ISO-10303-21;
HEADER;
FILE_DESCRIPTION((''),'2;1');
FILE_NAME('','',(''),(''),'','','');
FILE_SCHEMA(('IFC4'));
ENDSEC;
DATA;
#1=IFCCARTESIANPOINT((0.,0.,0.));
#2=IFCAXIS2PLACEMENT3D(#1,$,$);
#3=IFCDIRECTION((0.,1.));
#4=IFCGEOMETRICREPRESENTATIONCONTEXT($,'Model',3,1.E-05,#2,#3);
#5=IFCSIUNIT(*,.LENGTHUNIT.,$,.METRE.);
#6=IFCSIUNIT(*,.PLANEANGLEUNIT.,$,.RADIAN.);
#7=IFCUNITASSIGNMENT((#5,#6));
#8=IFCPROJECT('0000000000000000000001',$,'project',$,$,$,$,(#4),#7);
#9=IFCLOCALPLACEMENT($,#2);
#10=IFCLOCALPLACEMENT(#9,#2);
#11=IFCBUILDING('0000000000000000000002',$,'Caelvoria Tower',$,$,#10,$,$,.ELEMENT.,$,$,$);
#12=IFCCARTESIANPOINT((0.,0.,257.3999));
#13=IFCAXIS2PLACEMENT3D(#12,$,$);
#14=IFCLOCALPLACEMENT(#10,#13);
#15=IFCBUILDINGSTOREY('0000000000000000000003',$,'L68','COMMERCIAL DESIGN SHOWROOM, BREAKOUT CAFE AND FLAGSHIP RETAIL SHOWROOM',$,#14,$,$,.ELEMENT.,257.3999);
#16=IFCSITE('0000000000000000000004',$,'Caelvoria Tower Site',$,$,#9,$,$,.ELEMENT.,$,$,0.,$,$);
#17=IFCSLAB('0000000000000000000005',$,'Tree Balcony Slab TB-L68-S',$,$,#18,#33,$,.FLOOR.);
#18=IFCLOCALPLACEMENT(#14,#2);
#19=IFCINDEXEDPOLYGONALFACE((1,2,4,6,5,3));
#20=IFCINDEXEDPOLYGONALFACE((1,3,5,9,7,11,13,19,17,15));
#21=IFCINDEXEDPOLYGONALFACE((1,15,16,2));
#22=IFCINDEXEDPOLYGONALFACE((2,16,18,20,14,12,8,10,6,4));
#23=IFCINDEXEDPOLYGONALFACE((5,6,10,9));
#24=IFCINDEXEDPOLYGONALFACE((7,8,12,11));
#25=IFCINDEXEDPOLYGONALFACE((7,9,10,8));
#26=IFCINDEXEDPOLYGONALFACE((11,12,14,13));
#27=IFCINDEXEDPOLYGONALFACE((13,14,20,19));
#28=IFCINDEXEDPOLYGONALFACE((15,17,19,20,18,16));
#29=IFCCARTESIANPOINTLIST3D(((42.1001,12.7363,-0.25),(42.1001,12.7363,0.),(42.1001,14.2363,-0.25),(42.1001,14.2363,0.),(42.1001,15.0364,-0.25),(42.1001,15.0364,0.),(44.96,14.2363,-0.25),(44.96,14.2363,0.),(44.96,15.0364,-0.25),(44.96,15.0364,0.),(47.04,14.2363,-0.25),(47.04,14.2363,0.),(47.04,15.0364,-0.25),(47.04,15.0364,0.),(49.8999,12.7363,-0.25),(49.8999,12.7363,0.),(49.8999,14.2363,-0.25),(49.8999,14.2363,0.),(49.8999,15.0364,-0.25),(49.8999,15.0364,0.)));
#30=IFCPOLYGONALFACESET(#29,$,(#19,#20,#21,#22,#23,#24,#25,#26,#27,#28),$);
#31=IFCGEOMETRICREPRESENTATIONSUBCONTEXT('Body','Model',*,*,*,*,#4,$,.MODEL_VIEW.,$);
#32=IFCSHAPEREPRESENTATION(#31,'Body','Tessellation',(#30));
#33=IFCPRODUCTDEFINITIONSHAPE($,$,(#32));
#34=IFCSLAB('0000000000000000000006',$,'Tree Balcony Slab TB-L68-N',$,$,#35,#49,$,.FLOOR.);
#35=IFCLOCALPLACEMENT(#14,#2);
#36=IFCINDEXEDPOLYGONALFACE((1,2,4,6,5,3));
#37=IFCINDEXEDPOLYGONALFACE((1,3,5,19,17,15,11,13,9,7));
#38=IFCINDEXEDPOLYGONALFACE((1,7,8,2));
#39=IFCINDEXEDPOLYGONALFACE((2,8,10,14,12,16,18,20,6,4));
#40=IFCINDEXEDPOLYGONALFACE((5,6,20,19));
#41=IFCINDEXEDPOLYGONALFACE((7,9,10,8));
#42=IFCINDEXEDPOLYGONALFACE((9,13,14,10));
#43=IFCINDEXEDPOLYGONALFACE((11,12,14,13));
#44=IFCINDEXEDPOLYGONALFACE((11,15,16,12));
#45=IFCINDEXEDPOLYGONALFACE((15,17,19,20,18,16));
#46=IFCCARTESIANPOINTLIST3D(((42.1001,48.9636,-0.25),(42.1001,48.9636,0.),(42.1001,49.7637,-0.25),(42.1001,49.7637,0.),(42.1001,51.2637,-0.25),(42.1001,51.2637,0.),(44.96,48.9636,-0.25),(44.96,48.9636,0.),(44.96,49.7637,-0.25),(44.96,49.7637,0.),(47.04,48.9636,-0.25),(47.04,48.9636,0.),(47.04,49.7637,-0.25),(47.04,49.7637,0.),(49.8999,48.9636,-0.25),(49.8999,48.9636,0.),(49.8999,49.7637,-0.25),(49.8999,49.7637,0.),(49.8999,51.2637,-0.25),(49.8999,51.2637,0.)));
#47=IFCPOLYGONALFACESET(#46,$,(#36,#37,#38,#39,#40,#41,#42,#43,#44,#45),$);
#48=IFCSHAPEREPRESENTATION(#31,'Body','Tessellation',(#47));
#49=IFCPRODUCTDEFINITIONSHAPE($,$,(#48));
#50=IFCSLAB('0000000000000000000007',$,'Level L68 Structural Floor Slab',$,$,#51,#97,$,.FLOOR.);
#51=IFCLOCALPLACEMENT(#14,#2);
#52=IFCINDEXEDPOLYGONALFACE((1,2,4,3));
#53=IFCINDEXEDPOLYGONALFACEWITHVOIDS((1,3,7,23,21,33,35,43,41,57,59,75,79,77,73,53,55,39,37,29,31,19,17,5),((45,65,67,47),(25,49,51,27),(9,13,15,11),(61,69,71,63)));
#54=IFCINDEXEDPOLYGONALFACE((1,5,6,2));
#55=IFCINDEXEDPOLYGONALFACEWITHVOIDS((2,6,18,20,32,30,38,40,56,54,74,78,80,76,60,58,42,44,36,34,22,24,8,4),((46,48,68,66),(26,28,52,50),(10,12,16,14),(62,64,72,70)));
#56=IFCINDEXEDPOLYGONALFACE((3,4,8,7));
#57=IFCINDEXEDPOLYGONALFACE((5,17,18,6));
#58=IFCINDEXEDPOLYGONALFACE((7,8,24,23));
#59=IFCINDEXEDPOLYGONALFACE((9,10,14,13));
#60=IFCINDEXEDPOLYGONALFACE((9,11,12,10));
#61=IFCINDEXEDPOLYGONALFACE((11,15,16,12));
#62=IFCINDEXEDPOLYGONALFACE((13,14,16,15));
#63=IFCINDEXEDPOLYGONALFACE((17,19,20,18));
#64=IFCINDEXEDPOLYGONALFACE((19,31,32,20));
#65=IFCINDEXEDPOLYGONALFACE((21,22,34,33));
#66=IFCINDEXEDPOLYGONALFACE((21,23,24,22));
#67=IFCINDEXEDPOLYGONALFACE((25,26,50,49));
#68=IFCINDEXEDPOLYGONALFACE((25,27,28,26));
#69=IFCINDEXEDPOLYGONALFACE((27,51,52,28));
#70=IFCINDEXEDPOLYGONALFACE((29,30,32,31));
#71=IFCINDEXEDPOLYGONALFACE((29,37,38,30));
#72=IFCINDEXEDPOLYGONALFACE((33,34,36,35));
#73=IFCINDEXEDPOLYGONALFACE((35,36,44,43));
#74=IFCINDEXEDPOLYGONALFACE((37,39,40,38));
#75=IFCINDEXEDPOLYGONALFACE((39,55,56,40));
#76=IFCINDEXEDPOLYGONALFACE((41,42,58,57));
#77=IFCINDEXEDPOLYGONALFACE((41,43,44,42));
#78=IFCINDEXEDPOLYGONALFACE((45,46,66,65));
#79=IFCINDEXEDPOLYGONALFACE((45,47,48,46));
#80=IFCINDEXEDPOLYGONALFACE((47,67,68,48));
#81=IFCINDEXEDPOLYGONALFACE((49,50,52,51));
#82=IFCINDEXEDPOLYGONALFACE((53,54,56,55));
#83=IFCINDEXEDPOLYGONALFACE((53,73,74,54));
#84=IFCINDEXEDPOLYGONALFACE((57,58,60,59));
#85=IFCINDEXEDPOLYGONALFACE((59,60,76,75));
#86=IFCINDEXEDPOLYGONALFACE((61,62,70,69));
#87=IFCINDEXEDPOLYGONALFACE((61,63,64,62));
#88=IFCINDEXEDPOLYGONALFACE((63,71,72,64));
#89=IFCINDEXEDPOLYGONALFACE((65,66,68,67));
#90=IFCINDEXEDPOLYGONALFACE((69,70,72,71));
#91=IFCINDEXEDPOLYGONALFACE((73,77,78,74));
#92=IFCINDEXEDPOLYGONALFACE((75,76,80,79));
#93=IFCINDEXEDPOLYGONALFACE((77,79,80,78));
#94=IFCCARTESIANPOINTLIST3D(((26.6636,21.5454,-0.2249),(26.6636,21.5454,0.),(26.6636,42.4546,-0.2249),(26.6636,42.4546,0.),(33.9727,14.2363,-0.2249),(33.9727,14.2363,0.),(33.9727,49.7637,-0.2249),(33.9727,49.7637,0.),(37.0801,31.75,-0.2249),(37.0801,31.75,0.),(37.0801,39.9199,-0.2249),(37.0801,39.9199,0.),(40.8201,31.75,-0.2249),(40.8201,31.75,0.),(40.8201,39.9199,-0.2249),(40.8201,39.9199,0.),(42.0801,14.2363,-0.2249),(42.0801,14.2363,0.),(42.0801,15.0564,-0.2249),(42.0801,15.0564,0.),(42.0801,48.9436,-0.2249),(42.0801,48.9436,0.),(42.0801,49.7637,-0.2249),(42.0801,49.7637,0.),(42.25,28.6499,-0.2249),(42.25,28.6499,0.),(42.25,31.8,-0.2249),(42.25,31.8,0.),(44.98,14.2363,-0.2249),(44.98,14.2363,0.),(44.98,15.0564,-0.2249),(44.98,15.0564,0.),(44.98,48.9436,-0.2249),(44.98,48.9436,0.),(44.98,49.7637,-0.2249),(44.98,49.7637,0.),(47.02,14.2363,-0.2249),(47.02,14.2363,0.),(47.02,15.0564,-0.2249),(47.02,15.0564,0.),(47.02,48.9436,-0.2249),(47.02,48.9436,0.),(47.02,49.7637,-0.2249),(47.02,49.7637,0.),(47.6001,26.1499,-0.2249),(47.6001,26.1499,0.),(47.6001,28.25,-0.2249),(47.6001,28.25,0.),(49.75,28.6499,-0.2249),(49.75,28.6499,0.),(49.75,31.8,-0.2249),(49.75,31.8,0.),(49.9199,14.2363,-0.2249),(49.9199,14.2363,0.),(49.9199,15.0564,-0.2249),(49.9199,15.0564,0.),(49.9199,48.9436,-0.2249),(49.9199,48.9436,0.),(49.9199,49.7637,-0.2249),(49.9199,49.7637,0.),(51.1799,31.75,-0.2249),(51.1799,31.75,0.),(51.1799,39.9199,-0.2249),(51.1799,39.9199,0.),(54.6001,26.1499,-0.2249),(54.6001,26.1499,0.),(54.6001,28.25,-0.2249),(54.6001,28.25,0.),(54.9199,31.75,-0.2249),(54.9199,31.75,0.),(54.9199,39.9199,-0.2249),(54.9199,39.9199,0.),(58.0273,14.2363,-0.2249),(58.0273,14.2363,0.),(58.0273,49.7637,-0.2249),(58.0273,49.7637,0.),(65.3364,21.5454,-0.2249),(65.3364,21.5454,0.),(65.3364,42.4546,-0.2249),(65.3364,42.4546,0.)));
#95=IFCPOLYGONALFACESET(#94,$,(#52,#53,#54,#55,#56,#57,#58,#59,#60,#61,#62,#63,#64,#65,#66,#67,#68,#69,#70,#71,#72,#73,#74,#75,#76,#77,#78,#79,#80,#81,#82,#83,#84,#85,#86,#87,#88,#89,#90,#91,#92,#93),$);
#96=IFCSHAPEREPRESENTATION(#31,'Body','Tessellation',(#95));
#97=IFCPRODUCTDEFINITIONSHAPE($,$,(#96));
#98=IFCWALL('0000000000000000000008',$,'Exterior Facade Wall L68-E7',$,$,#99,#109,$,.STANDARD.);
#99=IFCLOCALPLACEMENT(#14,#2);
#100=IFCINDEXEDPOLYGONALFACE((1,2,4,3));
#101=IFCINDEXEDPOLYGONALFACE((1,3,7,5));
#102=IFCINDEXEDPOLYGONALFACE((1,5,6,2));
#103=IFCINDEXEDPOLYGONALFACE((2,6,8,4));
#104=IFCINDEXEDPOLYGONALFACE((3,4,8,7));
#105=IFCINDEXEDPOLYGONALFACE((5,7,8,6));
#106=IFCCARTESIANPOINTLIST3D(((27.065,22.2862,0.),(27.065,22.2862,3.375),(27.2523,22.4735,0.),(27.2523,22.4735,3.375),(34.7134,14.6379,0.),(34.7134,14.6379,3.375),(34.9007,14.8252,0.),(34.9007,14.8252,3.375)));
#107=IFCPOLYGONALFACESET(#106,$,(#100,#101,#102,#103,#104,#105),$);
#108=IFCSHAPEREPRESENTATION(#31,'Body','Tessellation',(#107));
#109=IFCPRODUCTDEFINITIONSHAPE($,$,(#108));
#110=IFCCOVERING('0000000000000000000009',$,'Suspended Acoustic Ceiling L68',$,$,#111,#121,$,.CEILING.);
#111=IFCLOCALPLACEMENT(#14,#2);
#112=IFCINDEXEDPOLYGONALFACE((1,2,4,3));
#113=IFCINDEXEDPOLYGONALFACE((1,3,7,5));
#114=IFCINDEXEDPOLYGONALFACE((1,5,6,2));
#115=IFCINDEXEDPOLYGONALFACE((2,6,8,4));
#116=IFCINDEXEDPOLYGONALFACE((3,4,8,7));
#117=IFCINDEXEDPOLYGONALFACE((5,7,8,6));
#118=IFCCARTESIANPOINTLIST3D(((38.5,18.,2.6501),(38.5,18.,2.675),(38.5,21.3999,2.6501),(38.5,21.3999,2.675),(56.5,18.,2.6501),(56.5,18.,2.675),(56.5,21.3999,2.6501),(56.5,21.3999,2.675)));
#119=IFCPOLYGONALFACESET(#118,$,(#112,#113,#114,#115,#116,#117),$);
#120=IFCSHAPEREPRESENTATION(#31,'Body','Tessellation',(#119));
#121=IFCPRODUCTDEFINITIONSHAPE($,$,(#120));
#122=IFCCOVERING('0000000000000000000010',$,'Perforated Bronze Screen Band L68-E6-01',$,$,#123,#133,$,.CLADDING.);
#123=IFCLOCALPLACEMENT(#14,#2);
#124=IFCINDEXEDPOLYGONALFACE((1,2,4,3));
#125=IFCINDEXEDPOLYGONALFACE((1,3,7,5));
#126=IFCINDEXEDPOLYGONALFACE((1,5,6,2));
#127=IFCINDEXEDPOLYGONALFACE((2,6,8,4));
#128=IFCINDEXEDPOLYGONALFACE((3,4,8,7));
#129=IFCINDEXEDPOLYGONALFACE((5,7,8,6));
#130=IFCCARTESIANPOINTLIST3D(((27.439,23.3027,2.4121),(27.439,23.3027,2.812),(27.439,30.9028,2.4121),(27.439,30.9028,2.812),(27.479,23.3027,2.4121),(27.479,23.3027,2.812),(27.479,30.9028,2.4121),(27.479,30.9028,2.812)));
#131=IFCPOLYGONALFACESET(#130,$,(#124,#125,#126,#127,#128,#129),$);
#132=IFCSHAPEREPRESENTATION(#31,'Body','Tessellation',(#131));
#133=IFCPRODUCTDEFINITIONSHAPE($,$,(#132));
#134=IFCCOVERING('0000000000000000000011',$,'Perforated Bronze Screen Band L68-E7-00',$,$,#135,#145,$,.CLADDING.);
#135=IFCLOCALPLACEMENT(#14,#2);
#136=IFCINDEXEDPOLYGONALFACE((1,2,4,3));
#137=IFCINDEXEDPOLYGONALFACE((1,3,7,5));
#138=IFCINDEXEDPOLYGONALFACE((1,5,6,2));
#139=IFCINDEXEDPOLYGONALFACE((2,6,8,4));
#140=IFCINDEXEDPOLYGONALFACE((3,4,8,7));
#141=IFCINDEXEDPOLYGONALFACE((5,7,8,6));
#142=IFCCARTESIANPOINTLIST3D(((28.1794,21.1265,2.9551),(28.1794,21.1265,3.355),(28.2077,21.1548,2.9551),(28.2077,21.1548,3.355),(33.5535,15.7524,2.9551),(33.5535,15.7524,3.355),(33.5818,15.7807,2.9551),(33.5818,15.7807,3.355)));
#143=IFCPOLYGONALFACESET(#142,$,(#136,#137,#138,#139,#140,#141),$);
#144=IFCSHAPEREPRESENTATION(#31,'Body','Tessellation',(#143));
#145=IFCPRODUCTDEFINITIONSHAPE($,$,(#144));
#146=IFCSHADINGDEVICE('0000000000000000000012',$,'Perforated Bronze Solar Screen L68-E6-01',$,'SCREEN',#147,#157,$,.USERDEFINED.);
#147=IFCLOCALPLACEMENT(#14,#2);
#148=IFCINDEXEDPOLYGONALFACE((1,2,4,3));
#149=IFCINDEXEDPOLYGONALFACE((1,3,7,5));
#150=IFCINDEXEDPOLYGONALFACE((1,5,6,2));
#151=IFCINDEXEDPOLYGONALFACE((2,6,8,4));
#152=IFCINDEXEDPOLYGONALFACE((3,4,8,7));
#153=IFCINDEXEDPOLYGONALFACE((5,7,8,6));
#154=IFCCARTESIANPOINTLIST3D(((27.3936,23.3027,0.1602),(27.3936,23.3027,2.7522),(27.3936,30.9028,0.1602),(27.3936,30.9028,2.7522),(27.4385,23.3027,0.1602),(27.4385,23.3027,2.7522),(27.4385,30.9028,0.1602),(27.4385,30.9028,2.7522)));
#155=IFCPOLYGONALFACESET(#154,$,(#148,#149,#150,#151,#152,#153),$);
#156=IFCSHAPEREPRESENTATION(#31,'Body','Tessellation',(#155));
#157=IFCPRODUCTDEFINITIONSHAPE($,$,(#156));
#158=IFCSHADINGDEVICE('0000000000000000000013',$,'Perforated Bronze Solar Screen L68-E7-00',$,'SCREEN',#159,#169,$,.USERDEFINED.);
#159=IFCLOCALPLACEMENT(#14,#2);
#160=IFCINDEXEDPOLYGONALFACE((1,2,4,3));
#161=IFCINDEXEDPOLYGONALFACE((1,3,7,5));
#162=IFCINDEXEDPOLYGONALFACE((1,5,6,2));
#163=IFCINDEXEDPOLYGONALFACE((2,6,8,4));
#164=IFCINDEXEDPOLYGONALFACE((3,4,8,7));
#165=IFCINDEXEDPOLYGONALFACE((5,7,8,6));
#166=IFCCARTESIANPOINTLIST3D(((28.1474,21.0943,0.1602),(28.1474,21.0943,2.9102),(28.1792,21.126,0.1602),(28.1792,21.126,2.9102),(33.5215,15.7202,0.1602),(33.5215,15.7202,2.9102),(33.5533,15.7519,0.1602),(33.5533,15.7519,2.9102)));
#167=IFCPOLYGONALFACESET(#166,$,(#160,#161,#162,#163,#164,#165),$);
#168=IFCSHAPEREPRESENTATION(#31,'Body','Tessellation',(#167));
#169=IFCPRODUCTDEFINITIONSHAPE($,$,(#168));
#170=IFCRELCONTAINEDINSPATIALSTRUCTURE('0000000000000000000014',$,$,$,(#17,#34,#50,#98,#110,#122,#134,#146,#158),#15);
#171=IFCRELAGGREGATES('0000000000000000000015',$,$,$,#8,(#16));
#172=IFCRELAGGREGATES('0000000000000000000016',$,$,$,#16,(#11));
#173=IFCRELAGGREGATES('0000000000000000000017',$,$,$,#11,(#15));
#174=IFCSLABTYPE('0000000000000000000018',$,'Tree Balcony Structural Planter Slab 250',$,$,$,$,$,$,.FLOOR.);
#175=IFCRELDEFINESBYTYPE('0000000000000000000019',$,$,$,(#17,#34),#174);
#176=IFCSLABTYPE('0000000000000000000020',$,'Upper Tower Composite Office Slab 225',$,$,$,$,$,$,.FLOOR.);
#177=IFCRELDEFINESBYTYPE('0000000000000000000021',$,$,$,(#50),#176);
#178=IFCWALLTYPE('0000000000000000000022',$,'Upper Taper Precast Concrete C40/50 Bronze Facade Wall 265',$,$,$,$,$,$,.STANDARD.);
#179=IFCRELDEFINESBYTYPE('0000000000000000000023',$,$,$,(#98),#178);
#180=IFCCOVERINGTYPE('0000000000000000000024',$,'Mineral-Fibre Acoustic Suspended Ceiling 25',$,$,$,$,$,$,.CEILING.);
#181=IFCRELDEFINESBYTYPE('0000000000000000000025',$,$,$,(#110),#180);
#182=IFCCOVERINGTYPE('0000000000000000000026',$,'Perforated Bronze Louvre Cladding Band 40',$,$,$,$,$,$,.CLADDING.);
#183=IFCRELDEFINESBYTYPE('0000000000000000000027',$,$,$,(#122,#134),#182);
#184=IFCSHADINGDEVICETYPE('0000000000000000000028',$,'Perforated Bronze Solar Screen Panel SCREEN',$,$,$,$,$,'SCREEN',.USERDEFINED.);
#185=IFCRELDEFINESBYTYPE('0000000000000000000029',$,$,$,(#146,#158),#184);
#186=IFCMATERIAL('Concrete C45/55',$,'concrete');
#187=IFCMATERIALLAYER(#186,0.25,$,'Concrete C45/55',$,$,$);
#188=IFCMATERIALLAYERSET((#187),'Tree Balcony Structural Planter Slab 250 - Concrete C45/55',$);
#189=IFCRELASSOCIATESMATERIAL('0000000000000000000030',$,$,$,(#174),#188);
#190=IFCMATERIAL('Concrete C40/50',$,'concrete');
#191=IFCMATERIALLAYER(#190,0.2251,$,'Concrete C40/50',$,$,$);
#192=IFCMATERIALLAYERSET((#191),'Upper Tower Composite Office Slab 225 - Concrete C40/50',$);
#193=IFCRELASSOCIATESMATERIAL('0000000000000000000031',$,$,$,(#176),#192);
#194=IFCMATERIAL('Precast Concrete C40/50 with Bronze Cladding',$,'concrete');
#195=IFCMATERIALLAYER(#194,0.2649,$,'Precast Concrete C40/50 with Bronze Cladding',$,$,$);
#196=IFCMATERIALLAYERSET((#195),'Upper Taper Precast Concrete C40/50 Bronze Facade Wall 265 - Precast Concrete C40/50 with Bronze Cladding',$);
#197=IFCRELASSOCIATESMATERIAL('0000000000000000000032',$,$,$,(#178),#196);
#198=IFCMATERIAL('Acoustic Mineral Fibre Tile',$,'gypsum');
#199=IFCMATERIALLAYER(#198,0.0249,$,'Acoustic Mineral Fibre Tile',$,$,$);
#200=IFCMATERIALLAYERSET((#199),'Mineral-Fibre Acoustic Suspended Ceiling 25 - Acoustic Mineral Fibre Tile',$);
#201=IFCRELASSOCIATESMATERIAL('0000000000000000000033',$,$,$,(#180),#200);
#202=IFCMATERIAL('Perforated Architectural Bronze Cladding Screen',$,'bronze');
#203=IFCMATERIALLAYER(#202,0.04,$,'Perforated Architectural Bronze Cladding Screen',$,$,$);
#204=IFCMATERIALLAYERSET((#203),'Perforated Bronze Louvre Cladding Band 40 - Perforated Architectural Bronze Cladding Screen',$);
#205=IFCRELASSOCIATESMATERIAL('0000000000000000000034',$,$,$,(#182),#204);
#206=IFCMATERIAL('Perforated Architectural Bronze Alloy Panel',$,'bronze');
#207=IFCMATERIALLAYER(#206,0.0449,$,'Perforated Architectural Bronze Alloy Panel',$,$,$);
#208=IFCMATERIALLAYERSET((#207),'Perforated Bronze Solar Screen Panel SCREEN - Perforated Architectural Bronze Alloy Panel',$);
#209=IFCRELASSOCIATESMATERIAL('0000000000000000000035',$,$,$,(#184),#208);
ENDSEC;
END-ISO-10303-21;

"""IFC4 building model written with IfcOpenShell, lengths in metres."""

from ifc_helpers import new_model, si_unit, direction, frame, frame_2d, origin, origin_2d, place, context, subcontext, project, spatial, polyline, rectangle, outline, extrude, material, layer, layer_set, type_object, element, save


model = new_model("IFC4")

# Units and contexts
model_context = context("Model", 3, precision=1e-05, world=origin(), true_north=direction((0.0, 1.0)))
body_context = subcontext(model_context, "Body", "Model", "MODEL_VIEW")
ifc_project = project(units=[si_unit("LENGTHUNIT", "METRE"), si_unit("PLANEANGLEUNIT", "RADIAN")], contexts=[model_context])

# Site, building, storey
site_placement = place(None, origin())
site = spatial("IfcSite", under=ifc_project, at=site_placement, Name="Caelvoria Tower Site", CompositionType="ELEMENT", RefElevation=0.0)
building_placement = place(site_placement, origin())
building = spatial("IfcBuilding", under=site, at=building_placement, Name="Caelvoria Tower", CompositionType="ELEMENT")
storey_placement = place(building_placement, frame((0.0, 0.0, 257.3999)))
storey = spatial("IfcBuildingStorey", under=building, at=storey_placement, Name="L68", Description="COMMERCIAL DESIGN SHOWROOM, BREAKOUT CAFE AND FLAGSHIP RETAIL SHOWROOM", CompositionType="ELEMENT", Elevation=257.3999)

# Shared definitions
ifc_material_1 = material(Name="Concrete C40/50", Category="concrete")

# Slabs
ifc_material_2 = material(Name="Concrete C45/55", Category="concrete")
ifc_layer_1 = layer(ifc_material_2, 0.25, Name="Concrete C45/55")
ifc_layer_set_1 = layer_set([ifc_layer_1], Name="Tree Balcony Structural Planter Slab 250 - Concrete C45/55")
slab_type_1 = type_object("IfcSlabType", Name="Tree Balcony Structural Planter Slab 250", PredefinedType="FLOOR", material=ifc_layer_set_1)
slab_1_placement = place(storey_placement, frame((0.0, 0.0, -0.25)))
element("IfcSlab", 1, at=slab_1_placement, inside=storey, type_object=slab_type_1, Name="Tree Balcony Slab TB-L68-S", PredefinedType="FLOOR", context=body_context, shape_type="SweptSolid", body=[
    extrude(outline(polyline([(49.8999, 14.2363), (49.8999, 15.0364), (47.04, 15.0364), (47.04, 14.2363), (44.96, 14.2363), (44.96, 15.0364), (42.1001, 15.0364), (42.1001, 14.2363), (42.1001, 12.7363), (49.8999, 12.7363), (49.8999, 14.2363)])), origin(), (0.0, 0.0, 1.0), 0.25),
])
slab_2_placement = place(storey_placement, frame((0.0, 0.0, -0.25)))
element("IfcSlab", 2, at=slab_2_placement, inside=storey, type_object=slab_type_1, Name="Tree Balcony Slab TB-L68-N", PredefinedType="FLOOR", context=body_context, shape_type="SweptSolid", body=[
    extrude(outline(polyline([(42.1001, 51.2637), (42.1001, 49.7637), (42.1001, 48.9636), (44.96, 48.9636), (44.96, 49.7637), (47.04, 49.7637), (47.04, 48.9636), (49.8999, 48.9636), (49.8999, 49.7637), (49.8999, 51.2637), (42.1001, 51.2637)])), origin(), (0.0, 0.0, 1.0), 0.25),
])
ifc_layer_2 = layer(ifc_material_1, 0.2251, Name="Concrete C40/50")
ifc_layer_set_2 = layer_set([ifc_layer_2], Name="Upper Tower Composite Office Slab 225 - Concrete C40/50")
slab_type_2 = type_object("IfcSlabType", Name="Upper Tower Composite Office Slab 225", PredefinedType="FLOOR", material=ifc_layer_set_2)
slab_3_placement = place(storey_placement, frame((0.0, 0.0, -0.2249)))
element("IfcSlab", 3, at=slab_3_placement, inside=storey, type_object=slab_type_2, Name="Level L68 Structural Floor Slab", PredefinedType="FLOOR", context=body_context, shape_type="SweptSolid", body=[
    extrude(outline(polyline([(26.6636, 42.4546), (26.6636, 21.5454), (33.9727, 14.2363), (42.0801, 14.2363), (42.0801, 15.0564), (44.98, 15.0564), (44.98, 14.2363), (47.02, 14.2363), (47.02, 15.0564), (49.9199, 15.0564), (49.9199, 14.2363), (58.0273, 14.2363), (65.3364, 21.5454), (65.3364, 42.4546), (58.0273, 49.7637), (49.9199, 49.7637), (49.9199, 48.9436), (47.02, 48.9436), (47.02, 49.7637), (44.98, 49.7637), (44.98, 48.9436), (42.0801, 48.9436), (42.0801, 49.7637), (33.9727, 49.7637), (26.6636, 42.4546)]), holes=[polyline([(37.0801, 31.75), (40.8201, 31.75), (40.8201, 39.9199), (37.0801, 39.9199), (37.0801, 31.75)]), polyline([(51.1799, 31.75), (54.9199, 31.75), (54.9199, 39.9199), (51.1799, 39.9199), (51.1799, 31.75)]), polyline([(42.25, 28.6499), (49.75, 28.6499), (49.75, 31.8), (42.25, 31.8), (42.25, 28.6499)]), polyline([(47.6001, 26.1499), (54.6001, 26.1499), (54.6001, 28.25), (47.6001, 28.25), (47.6001, 26.1499)])]), origin(), (0.0, 0.0, 1.0), 0.2249),
])

# Wall
ifc_material_3 = material(Name="Precast Concrete C40/50 with Bronze Cladding", Category="concrete")
ifc_layer_3 = layer(ifc_material_3, 0.2649, Name="Precast Concrete C40/50 with Bronze Cladding")
ifc_layer_set_3 = layer_set([ifc_layer_3], Name="Upper Taper Precast Concrete C40/50 Bronze Facade Wall 265 - Precast Concrete C40/50 with Bronze Cladding")
wall_type = type_object("IfcWallType", Name="Upper Taper Precast Concrete C40/50 Bronze Facade Wall 265", PredefinedType="STANDARD", material=ifc_layer_set_3)
wall_placement = place(storey_placement, frame((27.1587, 22.3799, 0.0), z_axis=(0.0, 0.0, 1.0), x_axis=(0.707107, -0.707107, 0.0)))
element("IfcWall", 4, at=wall_placement, inside=storey, type_object=wall_type, Name="Exterior Facade Wall L68-E7", PredefinedType="STANDARD", context=body_context, shape_type="SweptSolid", body=[
    extrude(rectangle(XDim=10.8164, YDim=0.2649, at=frame_2d((5.4082, 0.0))), origin(), (0.0, 0.0, 1.0), 3.375),
])

# Coverings
ifc_material_4 = material(Name="Acoustic Mineral Fibre Tile", Category="gypsum")
ifc_layer_4 = layer(ifc_material_4, 0.0249, Name="Acoustic Mineral Fibre Tile")
ifc_layer_set_4 = layer_set([ifc_layer_4], Name="Mineral-Fibre Acoustic Suspended Ceiling 25 - Acoustic Mineral Fibre Tile")
covering_type_1 = type_object("IfcCoveringType", Name="Mineral-Fibre Acoustic Suspended Ceiling 25", PredefinedType="CEILING", material=ifc_layer_set_4)
covering_1_placement = place(storey_placement, frame((0.0, 0.0, 2.6501)))
element("IfcCovering", 5, at=covering_1_placement, inside=storey, type_object=covering_type_1, Name="Suspended Acoustic Ceiling L68", PredefinedType="CEILING", context=body_context, shape_type="SweptSolid", body=[
    extrude(outline(polyline([(38.5, 18.0), (56.5, 18.0), (56.5, 21.3999), (38.5, 21.3999), (38.5, 18.0)])), origin(), (0.0, 0.0, 1.0), 0.0249),
])
ifc_material_5 = material(Name="Perforated Architectural Bronze Cladding Screen", Category="bronze")
ifc_layer_5 = layer(ifc_material_5, 0.04, Name="Perforated Architectural Bronze Cladding Screen")
ifc_layer_set_5 = layer_set([ifc_layer_5], Name="Perforated Bronze Louvre Cladding Band 40 - Perforated Architectural Bronze Cladding Screen")
covering_type_2 = type_object("IfcCoveringType", Name="Perforated Bronze Louvre Cladding Band 40", PredefinedType="CLADDING", material=ifc_layer_set_5)
for number, where, z_axis, x_axis, name in (
    (6, (27.459, 27.1028, 2.4121), (0.0, 0.0, 1.0), (0.0, -1.0, 0.0), "Perforated Bronze Screen Band L68-E6-01"),
    (7, (30.8806, 18.4536, 2.9551), (0.0, 0.0, 1.0), (0.707107, -0.707107, 0.0), "Perforated Bronze Screen Band L68-E7-00"),
):
    element("IfcCovering", number, at=place(storey_placement, frame(where, z_axis=z_axis, x_axis=x_axis)), inside=storey, type_object=covering_type_2, Name=name, PredefinedType="CLADDING", context=body_context, shape_type="SweptSolid", body=[
        extrude(rectangle(XDim=7.6001, YDim=0.04, at=origin_2d()), origin(), (0.0, 0.0, 1.0), 0.3999),
    ])

# Shading devices
ifc_material_6 = material(Name="Perforated Architectural Bronze Alloy Panel", Category="bronze")
ifc_layer_6 = layer(ifc_material_6, 0.0449, Name="Perforated Architectural Bronze Alloy Panel")
ifc_layer_set_6 = layer_set([ifc_layer_6], Name="Perforated Bronze Solar Screen Panel SCREEN - Perforated Architectural Bronze Alloy Panel")
shading_device_type = type_object("IfcShadingDeviceType", Name="Perforated Bronze Solar Screen Panel SCREEN", ElementType="SCREEN", PredefinedType="USERDEFINED", material=ifc_layer_set_6)
shading_device_1_placement = place(storey_placement, frame((27.416, 27.1028, 0.1602), z_axis=(0.0, 0.0, 1.0), x_axis=(0.0, -1.0, 0.0)))
element("IfcShadingDevice", 8, at=shading_device_1_placement, inside=storey, type_object=shading_device_type, Name="Perforated Bronze Solar Screen L68-E6-01", ObjectType="SCREEN", PredefinedType="USERDEFINED", context=body_context, shape_type="SweptSolid", body=[
    extrude(rectangle(XDim=7.6001, YDim=0.0449, at=origin_2d()), origin(), (0.0, 0.0, 1.0), 2.592),
])
shading_device_2_placement = place(storey_placement, frame((30.8503, 18.4231, 0.1602), z_axis=(0.0, 0.0, 1.0), x_axis=(0.707107, -0.707107, 0.0)))
element("IfcShadingDevice", 9, at=shading_device_2_placement, inside=storey, type_object=shading_device_type, Name="Perforated Bronze Solar Screen L68-E7-00", ObjectType="SCREEN", PredefinedType="USERDEFINED", context=body_context, shape_type="SweptSolid", body=[
    extrude(rectangle(XDim=7.6001, YDim=0.0449, at=origin_2d()), origin(), (0.0, 0.0, 1.0), 2.75),
])

save(model, "model.ifc")
